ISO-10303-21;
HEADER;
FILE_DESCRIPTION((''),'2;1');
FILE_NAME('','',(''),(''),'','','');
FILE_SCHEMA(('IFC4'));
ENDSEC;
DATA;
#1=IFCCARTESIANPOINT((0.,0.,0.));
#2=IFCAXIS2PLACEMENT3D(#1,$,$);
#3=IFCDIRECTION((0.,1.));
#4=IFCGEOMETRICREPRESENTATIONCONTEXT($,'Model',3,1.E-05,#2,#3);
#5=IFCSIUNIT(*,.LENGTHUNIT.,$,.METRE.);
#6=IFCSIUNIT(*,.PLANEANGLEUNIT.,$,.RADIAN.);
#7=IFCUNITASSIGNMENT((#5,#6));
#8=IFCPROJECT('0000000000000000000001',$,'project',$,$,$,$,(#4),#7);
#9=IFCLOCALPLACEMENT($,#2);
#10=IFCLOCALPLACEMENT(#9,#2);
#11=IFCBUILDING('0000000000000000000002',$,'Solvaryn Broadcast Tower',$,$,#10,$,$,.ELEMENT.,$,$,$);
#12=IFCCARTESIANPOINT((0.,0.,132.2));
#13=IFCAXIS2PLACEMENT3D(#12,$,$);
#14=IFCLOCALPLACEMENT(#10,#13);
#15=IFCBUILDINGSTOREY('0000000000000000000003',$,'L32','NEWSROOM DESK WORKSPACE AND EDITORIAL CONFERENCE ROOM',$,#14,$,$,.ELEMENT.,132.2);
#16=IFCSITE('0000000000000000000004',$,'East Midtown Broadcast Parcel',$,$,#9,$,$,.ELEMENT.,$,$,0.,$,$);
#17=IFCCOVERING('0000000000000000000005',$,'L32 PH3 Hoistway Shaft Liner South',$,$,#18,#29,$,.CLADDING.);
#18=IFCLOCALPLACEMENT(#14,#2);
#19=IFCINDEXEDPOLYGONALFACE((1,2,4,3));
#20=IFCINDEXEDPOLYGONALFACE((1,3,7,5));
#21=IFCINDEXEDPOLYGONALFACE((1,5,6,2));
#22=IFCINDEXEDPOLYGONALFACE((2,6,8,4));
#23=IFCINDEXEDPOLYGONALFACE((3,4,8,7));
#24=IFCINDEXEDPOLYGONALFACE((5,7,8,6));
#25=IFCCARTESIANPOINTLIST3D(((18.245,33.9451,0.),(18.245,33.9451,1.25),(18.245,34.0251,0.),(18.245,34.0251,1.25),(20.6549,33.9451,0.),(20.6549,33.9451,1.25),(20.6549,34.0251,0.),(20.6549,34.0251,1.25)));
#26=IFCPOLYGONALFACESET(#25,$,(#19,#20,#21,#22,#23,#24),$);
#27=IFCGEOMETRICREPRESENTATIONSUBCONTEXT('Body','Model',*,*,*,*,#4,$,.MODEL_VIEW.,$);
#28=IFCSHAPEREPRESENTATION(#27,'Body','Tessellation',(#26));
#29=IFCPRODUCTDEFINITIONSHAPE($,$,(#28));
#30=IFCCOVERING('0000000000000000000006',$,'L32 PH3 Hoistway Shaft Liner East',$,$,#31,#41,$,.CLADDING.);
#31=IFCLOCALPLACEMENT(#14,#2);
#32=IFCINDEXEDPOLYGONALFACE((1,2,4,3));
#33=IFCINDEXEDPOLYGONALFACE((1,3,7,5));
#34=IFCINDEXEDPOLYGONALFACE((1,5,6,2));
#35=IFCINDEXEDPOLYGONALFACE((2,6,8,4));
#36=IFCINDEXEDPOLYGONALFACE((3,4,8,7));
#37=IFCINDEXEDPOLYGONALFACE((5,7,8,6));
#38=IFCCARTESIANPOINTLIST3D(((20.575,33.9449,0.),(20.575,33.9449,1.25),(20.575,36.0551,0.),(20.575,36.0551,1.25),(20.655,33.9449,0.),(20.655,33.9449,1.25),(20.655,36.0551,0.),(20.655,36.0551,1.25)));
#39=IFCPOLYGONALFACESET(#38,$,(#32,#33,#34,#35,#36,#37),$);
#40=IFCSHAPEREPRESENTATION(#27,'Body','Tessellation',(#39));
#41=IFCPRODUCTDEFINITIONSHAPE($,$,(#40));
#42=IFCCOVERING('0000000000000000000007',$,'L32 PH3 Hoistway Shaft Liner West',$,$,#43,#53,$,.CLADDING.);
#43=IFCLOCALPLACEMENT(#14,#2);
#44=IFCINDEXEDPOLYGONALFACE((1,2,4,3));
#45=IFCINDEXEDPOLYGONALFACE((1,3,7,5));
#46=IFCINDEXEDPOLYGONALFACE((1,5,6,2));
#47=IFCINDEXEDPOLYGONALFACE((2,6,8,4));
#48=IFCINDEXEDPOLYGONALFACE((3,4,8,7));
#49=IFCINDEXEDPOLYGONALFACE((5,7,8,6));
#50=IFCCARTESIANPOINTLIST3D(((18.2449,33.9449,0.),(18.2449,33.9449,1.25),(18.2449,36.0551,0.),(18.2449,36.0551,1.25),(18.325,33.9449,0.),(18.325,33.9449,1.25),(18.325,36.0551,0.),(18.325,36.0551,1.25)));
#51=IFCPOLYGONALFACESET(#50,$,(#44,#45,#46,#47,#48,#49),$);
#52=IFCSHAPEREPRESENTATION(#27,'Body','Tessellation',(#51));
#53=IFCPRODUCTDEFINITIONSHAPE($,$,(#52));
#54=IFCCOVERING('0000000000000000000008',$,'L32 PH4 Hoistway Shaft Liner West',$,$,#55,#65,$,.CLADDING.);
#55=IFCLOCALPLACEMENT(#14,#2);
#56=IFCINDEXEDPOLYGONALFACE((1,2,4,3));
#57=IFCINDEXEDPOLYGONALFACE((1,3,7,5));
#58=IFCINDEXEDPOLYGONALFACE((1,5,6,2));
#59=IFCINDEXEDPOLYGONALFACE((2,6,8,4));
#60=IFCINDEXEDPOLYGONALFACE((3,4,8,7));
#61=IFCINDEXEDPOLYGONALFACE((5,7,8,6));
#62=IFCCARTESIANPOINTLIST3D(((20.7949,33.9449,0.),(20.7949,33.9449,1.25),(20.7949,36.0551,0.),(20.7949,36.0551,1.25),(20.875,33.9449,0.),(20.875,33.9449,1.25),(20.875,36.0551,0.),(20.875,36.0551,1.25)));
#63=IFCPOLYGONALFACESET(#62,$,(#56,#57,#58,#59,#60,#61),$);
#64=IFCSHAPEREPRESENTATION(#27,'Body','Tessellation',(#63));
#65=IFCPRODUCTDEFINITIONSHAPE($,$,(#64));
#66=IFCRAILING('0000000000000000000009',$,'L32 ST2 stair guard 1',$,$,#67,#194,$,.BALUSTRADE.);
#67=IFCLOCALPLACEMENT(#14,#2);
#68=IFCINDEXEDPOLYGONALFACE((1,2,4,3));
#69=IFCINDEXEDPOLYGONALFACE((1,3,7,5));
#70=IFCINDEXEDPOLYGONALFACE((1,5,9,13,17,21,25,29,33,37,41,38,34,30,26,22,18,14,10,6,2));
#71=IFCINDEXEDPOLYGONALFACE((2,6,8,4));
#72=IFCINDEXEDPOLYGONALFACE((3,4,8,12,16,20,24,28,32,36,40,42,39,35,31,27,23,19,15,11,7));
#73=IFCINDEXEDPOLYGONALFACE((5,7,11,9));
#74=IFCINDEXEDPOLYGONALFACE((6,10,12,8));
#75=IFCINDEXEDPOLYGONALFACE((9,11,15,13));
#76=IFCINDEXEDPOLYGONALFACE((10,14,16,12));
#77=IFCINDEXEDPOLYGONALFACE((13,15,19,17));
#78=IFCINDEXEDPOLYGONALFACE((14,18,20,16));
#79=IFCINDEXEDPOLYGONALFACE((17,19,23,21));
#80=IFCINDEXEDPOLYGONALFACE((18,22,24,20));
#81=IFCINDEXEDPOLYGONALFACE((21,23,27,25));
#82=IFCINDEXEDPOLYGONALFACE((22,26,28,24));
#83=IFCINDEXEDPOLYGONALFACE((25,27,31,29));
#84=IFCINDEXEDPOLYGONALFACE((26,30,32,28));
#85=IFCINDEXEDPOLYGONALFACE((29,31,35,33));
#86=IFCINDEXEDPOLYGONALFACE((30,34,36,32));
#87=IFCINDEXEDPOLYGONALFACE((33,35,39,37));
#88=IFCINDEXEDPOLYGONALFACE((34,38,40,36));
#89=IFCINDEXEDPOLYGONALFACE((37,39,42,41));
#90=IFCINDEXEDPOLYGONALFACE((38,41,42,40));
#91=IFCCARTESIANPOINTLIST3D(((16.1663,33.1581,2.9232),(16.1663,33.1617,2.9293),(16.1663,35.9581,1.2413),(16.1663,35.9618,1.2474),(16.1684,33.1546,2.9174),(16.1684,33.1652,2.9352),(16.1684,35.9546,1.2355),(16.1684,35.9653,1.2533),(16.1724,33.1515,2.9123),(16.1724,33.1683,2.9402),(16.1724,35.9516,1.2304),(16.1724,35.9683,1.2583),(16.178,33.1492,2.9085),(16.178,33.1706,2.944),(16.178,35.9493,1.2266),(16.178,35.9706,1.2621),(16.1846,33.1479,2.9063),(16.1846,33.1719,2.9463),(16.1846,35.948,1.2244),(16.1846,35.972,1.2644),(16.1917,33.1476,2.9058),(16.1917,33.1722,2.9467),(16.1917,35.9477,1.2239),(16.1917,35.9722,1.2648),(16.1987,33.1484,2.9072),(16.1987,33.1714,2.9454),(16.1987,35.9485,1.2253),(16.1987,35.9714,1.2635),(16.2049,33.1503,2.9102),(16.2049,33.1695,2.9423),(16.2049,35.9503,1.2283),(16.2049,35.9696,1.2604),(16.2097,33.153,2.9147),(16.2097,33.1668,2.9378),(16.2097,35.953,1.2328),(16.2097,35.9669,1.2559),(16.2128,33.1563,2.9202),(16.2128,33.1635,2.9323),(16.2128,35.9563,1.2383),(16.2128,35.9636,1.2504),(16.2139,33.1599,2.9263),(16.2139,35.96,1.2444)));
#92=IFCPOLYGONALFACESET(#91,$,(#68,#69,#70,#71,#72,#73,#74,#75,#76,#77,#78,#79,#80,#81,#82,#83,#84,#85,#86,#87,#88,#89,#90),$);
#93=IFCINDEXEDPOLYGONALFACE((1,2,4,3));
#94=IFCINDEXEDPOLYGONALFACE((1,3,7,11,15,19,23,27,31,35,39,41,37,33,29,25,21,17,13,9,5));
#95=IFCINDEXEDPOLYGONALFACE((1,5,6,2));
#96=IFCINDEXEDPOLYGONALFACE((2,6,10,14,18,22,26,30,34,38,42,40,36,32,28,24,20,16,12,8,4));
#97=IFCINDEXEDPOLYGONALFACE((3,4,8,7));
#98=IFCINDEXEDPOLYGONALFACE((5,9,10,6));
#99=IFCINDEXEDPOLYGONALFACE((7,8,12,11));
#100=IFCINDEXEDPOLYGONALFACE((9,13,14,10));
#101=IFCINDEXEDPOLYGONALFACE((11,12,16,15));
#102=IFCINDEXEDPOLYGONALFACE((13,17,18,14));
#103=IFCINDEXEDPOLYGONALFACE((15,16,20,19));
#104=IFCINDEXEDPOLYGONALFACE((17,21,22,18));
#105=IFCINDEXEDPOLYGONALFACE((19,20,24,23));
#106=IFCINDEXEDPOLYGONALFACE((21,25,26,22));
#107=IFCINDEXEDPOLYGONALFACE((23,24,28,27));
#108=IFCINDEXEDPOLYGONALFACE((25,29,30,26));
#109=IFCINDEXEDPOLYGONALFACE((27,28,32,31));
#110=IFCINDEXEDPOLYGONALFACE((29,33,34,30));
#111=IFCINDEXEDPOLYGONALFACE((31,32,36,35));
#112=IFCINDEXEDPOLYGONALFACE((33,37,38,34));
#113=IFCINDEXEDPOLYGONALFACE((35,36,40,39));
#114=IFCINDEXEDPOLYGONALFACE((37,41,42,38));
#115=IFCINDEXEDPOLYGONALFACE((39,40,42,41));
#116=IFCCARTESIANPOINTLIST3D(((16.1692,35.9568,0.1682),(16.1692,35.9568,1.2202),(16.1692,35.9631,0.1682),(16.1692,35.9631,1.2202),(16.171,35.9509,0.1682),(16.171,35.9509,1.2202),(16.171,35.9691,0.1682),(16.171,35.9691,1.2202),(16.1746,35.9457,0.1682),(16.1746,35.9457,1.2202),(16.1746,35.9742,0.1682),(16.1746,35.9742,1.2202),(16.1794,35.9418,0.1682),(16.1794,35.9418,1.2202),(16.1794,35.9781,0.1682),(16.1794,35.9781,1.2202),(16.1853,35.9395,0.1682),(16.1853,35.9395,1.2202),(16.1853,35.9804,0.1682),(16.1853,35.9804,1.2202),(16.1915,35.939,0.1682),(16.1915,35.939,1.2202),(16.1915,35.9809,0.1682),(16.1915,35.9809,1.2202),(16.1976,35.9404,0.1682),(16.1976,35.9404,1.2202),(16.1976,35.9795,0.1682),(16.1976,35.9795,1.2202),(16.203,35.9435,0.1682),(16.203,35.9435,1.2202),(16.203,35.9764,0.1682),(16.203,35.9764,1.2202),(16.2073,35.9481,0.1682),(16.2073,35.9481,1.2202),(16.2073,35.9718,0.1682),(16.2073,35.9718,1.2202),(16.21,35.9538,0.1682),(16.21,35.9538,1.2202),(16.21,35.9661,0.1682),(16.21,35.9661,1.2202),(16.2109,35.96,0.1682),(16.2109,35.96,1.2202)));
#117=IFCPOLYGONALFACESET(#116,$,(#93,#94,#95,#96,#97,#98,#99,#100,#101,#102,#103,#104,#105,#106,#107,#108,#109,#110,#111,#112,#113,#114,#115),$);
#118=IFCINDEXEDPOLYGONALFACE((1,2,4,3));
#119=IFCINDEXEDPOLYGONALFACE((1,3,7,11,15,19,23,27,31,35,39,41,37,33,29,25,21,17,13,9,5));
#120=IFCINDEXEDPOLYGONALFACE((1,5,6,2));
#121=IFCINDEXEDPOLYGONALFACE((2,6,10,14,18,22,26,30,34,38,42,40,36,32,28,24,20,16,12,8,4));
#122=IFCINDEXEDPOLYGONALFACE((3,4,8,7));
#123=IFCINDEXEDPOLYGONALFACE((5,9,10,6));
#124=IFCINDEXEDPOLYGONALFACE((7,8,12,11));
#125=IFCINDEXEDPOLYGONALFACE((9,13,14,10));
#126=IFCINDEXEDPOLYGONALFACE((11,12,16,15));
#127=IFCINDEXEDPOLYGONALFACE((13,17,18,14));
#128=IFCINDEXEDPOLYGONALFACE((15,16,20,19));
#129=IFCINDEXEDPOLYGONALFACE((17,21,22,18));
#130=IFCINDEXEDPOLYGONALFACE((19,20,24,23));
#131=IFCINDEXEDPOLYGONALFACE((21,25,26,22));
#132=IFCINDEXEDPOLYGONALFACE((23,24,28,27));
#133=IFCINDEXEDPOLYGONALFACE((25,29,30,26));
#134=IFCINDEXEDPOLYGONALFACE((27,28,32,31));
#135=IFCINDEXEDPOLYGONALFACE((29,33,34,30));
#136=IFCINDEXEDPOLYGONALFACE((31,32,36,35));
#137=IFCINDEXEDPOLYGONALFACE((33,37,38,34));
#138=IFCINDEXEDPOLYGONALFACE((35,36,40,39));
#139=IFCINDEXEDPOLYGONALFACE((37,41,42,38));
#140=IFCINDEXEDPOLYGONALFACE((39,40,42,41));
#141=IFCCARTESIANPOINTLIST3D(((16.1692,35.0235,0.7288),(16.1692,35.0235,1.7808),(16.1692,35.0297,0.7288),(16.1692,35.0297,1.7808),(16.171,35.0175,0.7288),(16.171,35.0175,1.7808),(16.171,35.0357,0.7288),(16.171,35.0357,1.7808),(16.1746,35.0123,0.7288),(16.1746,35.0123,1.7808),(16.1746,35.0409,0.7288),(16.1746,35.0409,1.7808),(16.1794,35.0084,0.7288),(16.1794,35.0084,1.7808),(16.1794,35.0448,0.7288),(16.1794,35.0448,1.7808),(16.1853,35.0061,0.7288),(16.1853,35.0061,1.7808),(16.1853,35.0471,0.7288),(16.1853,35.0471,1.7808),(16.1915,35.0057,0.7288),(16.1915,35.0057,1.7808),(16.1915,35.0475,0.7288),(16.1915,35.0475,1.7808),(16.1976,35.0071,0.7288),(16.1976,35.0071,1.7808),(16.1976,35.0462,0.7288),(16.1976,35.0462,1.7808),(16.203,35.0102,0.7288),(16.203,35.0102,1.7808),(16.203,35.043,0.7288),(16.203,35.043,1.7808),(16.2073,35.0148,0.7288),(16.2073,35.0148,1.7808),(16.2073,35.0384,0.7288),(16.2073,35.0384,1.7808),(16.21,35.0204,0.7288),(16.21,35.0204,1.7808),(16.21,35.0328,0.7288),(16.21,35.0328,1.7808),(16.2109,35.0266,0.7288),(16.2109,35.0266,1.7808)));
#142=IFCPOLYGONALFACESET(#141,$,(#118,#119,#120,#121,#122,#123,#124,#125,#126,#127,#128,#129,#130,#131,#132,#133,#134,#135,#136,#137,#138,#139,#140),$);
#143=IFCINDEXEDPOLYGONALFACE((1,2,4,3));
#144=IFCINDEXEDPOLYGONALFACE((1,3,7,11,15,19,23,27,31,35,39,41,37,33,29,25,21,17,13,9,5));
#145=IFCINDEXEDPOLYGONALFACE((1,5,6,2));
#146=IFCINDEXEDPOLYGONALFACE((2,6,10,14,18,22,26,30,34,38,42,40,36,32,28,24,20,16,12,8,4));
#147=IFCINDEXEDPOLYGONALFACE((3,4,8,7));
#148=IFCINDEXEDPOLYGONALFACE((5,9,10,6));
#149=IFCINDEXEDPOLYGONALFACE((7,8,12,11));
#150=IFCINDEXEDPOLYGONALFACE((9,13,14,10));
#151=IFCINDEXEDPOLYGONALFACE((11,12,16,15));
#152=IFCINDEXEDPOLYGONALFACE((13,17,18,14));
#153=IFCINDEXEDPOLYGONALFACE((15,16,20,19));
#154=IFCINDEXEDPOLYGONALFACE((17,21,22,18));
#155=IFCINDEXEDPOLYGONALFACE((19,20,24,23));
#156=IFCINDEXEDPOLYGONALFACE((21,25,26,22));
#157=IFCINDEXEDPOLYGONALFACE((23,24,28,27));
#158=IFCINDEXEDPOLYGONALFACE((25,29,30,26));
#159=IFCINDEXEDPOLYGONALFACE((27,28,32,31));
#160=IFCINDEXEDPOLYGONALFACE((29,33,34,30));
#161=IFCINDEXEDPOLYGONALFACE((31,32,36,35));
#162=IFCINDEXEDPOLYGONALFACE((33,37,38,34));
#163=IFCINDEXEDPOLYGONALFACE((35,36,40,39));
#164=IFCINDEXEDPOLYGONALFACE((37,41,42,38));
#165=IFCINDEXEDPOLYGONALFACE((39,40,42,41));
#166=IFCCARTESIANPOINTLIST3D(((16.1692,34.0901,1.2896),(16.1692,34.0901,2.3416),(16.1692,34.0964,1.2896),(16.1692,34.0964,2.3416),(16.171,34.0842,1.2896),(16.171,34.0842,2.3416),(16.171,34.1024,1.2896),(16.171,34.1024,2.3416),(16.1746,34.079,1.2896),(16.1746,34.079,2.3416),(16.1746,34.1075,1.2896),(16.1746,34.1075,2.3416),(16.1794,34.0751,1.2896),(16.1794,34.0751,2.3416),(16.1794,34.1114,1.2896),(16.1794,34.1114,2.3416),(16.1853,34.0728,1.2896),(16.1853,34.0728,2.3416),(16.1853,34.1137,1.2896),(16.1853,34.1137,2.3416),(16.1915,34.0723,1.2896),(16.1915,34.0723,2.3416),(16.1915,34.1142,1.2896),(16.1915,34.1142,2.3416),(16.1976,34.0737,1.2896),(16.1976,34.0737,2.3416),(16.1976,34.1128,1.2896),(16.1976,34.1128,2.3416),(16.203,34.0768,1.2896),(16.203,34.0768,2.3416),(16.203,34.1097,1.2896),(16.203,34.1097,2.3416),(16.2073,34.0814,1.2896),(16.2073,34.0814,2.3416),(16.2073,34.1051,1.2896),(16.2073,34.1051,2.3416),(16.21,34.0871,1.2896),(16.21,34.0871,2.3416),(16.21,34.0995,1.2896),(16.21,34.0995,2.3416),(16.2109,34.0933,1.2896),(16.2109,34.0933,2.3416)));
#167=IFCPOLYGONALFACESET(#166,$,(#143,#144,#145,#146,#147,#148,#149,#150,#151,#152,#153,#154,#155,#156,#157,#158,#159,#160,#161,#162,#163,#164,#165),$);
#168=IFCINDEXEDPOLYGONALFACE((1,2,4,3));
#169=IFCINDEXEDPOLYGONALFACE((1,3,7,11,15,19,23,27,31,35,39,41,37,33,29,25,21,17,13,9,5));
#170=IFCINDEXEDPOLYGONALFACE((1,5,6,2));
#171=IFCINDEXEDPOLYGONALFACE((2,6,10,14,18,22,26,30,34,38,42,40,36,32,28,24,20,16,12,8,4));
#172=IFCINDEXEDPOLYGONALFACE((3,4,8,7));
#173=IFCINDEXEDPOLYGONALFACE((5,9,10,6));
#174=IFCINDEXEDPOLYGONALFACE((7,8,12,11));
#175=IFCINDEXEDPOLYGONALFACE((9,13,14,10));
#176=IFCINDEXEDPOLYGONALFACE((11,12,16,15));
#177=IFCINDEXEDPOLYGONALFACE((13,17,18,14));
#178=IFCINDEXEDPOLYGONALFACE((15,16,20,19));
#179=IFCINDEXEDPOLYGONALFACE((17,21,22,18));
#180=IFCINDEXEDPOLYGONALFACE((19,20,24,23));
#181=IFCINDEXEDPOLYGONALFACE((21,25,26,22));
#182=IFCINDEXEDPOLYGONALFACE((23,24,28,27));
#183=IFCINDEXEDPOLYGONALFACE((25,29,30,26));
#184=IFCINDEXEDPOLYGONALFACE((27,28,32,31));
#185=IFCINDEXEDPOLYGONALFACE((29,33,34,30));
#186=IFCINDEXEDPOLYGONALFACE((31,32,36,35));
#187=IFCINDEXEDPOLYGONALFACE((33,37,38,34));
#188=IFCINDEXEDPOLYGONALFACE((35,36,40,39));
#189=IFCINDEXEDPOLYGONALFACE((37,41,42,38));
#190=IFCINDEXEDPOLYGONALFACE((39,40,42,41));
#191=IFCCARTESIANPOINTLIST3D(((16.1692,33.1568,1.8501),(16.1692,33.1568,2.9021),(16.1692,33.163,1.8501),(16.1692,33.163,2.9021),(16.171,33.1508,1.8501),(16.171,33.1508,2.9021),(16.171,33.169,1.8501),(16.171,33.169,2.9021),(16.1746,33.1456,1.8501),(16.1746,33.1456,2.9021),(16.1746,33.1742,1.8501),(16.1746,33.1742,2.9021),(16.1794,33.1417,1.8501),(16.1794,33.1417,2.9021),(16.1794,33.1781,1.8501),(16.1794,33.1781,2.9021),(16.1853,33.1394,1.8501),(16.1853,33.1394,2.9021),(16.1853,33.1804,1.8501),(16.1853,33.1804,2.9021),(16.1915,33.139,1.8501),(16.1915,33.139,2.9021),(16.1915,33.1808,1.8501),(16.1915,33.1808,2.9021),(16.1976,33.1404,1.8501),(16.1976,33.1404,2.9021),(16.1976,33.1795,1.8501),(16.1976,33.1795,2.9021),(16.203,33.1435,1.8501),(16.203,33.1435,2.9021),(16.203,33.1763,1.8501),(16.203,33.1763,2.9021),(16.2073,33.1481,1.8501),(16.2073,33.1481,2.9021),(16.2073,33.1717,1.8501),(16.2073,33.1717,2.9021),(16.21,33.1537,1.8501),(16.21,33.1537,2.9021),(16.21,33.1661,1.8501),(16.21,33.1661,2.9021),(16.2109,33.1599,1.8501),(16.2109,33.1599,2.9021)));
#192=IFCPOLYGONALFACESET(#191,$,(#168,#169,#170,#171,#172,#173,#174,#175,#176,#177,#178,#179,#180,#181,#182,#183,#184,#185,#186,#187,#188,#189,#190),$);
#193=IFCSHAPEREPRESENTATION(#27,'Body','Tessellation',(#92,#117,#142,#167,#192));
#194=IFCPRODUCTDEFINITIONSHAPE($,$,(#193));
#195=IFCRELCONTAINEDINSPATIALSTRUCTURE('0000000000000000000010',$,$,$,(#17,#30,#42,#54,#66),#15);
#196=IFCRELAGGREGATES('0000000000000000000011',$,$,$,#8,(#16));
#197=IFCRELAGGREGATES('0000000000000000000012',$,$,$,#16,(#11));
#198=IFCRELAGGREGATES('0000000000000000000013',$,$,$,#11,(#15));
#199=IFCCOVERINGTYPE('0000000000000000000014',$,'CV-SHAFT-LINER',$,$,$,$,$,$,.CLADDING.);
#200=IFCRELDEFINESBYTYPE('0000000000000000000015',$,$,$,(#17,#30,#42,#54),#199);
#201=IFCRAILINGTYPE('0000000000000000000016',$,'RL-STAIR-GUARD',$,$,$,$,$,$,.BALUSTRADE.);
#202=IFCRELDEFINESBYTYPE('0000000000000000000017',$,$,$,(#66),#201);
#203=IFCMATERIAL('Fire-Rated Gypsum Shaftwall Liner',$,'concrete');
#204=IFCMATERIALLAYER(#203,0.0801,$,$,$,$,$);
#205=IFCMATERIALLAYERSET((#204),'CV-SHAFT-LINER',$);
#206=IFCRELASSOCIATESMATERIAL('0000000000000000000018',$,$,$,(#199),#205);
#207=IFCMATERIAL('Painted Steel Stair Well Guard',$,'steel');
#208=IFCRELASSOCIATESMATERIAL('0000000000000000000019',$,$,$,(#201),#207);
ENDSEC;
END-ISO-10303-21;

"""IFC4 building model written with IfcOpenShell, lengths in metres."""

from ifc_helpers import new_model, si_unit, direction, frame, origin, origin_2d, place, context, subcontext, project, spatial, rectangle, circle, extrude, material, layer, layer_set, type_object, element, save


model = new_model("IFC4")

# Units and contexts
model_context = context("Model", 3, precision=1e-05, world=origin(), true_north=direction((0.0, 1.0)))
body_context = subcontext(model_context, "Body", "Model", "MODEL_VIEW")
ifc_project = project(units=[si_unit("LENGTHUNIT", "METRE"), si_unit("PLANEANGLEUNIT", "RADIAN")], contexts=[model_context])

# Site, building, storey
site_placement = place(None, origin())
site = spatial("IfcSite", under=ifc_project, at=site_placement, Name="East Midtown Broadcast Parcel", CompositionType="ELEMENT", RefElevation=0.0)
building_placement = place(site_placement, origin())
building = spatial("IfcBuilding", under=site, at=building_placement, Name="Solvaryn Broadcast Tower", CompositionType="ELEMENT")
storey_placement = place(building_placement, frame((0.0, 0.0, 132.2)))
storey = spatial("IfcBuildingStorey", under=building, at=storey_placement, Name="L32", Description="NEWSROOM DESK WORKSPACE AND EDITORIAL CONFERENCE ROOM", CompositionType="ELEMENT", Elevation=132.2)

# Coverings
ifc_material_1 = material(Name="Fire-Rated Gypsum Shaftwall Liner", Category="concrete")
ifc_layer_1 = layer(ifc_material_1, 0.0801)
ifc_layer_set_1 = layer_set([ifc_layer_1], Name="CV-SHAFT-LINER")
covering_type = type_object("IfcCoveringType", Name="CV-SHAFT-LINER", PredefinedType="CLADDING", material=ifc_layer_set_1)
for number, where, z_axis, x_axis, name in (
    (1, (19.45, 33.9851, 0.0), (0.0, 0.0, 1.0), (1.0, 0.0, 0.0), "L32 PH3 Hoistway Shaft Liner South"),
):
    element("IfcCovering", number, at=place(storey_placement, frame(where, z_axis=z_axis, x_axis=x_axis)), inside=storey, type_object=covering_type, Name=name, PredefinedType="CLADDING", context=body_context, shape_type="SweptSolid", body=[
        extrude(rectangle(XDim=2.4099, YDim=0.0801, at=origin_2d()), origin(), (0.0, 0.0, 1.0), 1.25),
    ])
for number, where, z_axis, x_axis, name in (
    (2, (20.615, 35.0, 0.0), (0.0, 0.0, 1.0), (1.0, 0.0, 0.0), "L32 PH3 Hoistway Shaft Liner East"),
    (3, (18.2849, 35.0, 0.0), (0.0, 0.0, 1.0), (1.0, 0.0, 0.0), "L32 PH3 Hoistway Shaft Liner West"),
    (4, (20.835, 35.0, 0.0), (0.0, 0.0, 1.0), (1.0, 0.0, 0.0), "L32 PH4 Hoistway Shaft Liner West"),
):
    element("IfcCovering", number, at=place(storey_placement, frame(where, z_axis=z_axis, x_axis=x_axis)), inside=storey, type_object=covering_type, Name=name, PredefinedType="CLADDING", context=body_context, shape_type="SweptSolid", body=[
        extrude(rectangle(XDim=0.0801, YDim=2.1101, at=origin_2d()), origin(), (0.0, 0.0, 1.0), 1.25),
    ])

# Railing
ifc_material_2 = material(Name="Painted Steel Stair Well Guard", Category="steel")
railing_type_1 = type_object("IfcRailingType", Name="RL-STAIR-GUARD", PredefinedType="BALUSTRADE", material=ifc_material_2)
railing_1_placement = place(storey_placement, frame((16.1899, 35.96, 0.1682)))
element("IfcRailing", 5, at=railing_1_placement, inside=storey, type_object=railing_type_1, Name="L32 ST2 stair guard 1", PredefinedType="BALUSTRADE", context=body_context, shape_type="SweptSolid", body=[
    extrude(circle(Radius=0.0239, at=origin_2d()), frame((0.0, 0.0, 1.0762), z_axis=(0.0, -0.857242, 0.514913), x_axis=(1.0, 0.0, 0.0)), (0.0, 0.0, 1.0), 3.2664),
    extrude(circle(Radius=0.021, at=origin_2d()), origin(), (0.0, 0.0, 1.0), 1.052),
    extrude(circle(Radius=0.021, at=origin_2d()), frame((0.0, -0.9333, 0.5605)), (0.0, 0.0, 1.0), 1.052),
    extrude(circle(Radius=0.021, at=origin_2d()), frame((0.0, -1.8667, 1.1213)), (0.0, 0.0, 1.0), 1.052),
    extrude(circle(Radius=0.021, at=origin_2d()), frame((0.0, -2.8, 1.6819)), (0.0, 0.0, 1.0), 1.052),
])

save(model, "model.ifc")
